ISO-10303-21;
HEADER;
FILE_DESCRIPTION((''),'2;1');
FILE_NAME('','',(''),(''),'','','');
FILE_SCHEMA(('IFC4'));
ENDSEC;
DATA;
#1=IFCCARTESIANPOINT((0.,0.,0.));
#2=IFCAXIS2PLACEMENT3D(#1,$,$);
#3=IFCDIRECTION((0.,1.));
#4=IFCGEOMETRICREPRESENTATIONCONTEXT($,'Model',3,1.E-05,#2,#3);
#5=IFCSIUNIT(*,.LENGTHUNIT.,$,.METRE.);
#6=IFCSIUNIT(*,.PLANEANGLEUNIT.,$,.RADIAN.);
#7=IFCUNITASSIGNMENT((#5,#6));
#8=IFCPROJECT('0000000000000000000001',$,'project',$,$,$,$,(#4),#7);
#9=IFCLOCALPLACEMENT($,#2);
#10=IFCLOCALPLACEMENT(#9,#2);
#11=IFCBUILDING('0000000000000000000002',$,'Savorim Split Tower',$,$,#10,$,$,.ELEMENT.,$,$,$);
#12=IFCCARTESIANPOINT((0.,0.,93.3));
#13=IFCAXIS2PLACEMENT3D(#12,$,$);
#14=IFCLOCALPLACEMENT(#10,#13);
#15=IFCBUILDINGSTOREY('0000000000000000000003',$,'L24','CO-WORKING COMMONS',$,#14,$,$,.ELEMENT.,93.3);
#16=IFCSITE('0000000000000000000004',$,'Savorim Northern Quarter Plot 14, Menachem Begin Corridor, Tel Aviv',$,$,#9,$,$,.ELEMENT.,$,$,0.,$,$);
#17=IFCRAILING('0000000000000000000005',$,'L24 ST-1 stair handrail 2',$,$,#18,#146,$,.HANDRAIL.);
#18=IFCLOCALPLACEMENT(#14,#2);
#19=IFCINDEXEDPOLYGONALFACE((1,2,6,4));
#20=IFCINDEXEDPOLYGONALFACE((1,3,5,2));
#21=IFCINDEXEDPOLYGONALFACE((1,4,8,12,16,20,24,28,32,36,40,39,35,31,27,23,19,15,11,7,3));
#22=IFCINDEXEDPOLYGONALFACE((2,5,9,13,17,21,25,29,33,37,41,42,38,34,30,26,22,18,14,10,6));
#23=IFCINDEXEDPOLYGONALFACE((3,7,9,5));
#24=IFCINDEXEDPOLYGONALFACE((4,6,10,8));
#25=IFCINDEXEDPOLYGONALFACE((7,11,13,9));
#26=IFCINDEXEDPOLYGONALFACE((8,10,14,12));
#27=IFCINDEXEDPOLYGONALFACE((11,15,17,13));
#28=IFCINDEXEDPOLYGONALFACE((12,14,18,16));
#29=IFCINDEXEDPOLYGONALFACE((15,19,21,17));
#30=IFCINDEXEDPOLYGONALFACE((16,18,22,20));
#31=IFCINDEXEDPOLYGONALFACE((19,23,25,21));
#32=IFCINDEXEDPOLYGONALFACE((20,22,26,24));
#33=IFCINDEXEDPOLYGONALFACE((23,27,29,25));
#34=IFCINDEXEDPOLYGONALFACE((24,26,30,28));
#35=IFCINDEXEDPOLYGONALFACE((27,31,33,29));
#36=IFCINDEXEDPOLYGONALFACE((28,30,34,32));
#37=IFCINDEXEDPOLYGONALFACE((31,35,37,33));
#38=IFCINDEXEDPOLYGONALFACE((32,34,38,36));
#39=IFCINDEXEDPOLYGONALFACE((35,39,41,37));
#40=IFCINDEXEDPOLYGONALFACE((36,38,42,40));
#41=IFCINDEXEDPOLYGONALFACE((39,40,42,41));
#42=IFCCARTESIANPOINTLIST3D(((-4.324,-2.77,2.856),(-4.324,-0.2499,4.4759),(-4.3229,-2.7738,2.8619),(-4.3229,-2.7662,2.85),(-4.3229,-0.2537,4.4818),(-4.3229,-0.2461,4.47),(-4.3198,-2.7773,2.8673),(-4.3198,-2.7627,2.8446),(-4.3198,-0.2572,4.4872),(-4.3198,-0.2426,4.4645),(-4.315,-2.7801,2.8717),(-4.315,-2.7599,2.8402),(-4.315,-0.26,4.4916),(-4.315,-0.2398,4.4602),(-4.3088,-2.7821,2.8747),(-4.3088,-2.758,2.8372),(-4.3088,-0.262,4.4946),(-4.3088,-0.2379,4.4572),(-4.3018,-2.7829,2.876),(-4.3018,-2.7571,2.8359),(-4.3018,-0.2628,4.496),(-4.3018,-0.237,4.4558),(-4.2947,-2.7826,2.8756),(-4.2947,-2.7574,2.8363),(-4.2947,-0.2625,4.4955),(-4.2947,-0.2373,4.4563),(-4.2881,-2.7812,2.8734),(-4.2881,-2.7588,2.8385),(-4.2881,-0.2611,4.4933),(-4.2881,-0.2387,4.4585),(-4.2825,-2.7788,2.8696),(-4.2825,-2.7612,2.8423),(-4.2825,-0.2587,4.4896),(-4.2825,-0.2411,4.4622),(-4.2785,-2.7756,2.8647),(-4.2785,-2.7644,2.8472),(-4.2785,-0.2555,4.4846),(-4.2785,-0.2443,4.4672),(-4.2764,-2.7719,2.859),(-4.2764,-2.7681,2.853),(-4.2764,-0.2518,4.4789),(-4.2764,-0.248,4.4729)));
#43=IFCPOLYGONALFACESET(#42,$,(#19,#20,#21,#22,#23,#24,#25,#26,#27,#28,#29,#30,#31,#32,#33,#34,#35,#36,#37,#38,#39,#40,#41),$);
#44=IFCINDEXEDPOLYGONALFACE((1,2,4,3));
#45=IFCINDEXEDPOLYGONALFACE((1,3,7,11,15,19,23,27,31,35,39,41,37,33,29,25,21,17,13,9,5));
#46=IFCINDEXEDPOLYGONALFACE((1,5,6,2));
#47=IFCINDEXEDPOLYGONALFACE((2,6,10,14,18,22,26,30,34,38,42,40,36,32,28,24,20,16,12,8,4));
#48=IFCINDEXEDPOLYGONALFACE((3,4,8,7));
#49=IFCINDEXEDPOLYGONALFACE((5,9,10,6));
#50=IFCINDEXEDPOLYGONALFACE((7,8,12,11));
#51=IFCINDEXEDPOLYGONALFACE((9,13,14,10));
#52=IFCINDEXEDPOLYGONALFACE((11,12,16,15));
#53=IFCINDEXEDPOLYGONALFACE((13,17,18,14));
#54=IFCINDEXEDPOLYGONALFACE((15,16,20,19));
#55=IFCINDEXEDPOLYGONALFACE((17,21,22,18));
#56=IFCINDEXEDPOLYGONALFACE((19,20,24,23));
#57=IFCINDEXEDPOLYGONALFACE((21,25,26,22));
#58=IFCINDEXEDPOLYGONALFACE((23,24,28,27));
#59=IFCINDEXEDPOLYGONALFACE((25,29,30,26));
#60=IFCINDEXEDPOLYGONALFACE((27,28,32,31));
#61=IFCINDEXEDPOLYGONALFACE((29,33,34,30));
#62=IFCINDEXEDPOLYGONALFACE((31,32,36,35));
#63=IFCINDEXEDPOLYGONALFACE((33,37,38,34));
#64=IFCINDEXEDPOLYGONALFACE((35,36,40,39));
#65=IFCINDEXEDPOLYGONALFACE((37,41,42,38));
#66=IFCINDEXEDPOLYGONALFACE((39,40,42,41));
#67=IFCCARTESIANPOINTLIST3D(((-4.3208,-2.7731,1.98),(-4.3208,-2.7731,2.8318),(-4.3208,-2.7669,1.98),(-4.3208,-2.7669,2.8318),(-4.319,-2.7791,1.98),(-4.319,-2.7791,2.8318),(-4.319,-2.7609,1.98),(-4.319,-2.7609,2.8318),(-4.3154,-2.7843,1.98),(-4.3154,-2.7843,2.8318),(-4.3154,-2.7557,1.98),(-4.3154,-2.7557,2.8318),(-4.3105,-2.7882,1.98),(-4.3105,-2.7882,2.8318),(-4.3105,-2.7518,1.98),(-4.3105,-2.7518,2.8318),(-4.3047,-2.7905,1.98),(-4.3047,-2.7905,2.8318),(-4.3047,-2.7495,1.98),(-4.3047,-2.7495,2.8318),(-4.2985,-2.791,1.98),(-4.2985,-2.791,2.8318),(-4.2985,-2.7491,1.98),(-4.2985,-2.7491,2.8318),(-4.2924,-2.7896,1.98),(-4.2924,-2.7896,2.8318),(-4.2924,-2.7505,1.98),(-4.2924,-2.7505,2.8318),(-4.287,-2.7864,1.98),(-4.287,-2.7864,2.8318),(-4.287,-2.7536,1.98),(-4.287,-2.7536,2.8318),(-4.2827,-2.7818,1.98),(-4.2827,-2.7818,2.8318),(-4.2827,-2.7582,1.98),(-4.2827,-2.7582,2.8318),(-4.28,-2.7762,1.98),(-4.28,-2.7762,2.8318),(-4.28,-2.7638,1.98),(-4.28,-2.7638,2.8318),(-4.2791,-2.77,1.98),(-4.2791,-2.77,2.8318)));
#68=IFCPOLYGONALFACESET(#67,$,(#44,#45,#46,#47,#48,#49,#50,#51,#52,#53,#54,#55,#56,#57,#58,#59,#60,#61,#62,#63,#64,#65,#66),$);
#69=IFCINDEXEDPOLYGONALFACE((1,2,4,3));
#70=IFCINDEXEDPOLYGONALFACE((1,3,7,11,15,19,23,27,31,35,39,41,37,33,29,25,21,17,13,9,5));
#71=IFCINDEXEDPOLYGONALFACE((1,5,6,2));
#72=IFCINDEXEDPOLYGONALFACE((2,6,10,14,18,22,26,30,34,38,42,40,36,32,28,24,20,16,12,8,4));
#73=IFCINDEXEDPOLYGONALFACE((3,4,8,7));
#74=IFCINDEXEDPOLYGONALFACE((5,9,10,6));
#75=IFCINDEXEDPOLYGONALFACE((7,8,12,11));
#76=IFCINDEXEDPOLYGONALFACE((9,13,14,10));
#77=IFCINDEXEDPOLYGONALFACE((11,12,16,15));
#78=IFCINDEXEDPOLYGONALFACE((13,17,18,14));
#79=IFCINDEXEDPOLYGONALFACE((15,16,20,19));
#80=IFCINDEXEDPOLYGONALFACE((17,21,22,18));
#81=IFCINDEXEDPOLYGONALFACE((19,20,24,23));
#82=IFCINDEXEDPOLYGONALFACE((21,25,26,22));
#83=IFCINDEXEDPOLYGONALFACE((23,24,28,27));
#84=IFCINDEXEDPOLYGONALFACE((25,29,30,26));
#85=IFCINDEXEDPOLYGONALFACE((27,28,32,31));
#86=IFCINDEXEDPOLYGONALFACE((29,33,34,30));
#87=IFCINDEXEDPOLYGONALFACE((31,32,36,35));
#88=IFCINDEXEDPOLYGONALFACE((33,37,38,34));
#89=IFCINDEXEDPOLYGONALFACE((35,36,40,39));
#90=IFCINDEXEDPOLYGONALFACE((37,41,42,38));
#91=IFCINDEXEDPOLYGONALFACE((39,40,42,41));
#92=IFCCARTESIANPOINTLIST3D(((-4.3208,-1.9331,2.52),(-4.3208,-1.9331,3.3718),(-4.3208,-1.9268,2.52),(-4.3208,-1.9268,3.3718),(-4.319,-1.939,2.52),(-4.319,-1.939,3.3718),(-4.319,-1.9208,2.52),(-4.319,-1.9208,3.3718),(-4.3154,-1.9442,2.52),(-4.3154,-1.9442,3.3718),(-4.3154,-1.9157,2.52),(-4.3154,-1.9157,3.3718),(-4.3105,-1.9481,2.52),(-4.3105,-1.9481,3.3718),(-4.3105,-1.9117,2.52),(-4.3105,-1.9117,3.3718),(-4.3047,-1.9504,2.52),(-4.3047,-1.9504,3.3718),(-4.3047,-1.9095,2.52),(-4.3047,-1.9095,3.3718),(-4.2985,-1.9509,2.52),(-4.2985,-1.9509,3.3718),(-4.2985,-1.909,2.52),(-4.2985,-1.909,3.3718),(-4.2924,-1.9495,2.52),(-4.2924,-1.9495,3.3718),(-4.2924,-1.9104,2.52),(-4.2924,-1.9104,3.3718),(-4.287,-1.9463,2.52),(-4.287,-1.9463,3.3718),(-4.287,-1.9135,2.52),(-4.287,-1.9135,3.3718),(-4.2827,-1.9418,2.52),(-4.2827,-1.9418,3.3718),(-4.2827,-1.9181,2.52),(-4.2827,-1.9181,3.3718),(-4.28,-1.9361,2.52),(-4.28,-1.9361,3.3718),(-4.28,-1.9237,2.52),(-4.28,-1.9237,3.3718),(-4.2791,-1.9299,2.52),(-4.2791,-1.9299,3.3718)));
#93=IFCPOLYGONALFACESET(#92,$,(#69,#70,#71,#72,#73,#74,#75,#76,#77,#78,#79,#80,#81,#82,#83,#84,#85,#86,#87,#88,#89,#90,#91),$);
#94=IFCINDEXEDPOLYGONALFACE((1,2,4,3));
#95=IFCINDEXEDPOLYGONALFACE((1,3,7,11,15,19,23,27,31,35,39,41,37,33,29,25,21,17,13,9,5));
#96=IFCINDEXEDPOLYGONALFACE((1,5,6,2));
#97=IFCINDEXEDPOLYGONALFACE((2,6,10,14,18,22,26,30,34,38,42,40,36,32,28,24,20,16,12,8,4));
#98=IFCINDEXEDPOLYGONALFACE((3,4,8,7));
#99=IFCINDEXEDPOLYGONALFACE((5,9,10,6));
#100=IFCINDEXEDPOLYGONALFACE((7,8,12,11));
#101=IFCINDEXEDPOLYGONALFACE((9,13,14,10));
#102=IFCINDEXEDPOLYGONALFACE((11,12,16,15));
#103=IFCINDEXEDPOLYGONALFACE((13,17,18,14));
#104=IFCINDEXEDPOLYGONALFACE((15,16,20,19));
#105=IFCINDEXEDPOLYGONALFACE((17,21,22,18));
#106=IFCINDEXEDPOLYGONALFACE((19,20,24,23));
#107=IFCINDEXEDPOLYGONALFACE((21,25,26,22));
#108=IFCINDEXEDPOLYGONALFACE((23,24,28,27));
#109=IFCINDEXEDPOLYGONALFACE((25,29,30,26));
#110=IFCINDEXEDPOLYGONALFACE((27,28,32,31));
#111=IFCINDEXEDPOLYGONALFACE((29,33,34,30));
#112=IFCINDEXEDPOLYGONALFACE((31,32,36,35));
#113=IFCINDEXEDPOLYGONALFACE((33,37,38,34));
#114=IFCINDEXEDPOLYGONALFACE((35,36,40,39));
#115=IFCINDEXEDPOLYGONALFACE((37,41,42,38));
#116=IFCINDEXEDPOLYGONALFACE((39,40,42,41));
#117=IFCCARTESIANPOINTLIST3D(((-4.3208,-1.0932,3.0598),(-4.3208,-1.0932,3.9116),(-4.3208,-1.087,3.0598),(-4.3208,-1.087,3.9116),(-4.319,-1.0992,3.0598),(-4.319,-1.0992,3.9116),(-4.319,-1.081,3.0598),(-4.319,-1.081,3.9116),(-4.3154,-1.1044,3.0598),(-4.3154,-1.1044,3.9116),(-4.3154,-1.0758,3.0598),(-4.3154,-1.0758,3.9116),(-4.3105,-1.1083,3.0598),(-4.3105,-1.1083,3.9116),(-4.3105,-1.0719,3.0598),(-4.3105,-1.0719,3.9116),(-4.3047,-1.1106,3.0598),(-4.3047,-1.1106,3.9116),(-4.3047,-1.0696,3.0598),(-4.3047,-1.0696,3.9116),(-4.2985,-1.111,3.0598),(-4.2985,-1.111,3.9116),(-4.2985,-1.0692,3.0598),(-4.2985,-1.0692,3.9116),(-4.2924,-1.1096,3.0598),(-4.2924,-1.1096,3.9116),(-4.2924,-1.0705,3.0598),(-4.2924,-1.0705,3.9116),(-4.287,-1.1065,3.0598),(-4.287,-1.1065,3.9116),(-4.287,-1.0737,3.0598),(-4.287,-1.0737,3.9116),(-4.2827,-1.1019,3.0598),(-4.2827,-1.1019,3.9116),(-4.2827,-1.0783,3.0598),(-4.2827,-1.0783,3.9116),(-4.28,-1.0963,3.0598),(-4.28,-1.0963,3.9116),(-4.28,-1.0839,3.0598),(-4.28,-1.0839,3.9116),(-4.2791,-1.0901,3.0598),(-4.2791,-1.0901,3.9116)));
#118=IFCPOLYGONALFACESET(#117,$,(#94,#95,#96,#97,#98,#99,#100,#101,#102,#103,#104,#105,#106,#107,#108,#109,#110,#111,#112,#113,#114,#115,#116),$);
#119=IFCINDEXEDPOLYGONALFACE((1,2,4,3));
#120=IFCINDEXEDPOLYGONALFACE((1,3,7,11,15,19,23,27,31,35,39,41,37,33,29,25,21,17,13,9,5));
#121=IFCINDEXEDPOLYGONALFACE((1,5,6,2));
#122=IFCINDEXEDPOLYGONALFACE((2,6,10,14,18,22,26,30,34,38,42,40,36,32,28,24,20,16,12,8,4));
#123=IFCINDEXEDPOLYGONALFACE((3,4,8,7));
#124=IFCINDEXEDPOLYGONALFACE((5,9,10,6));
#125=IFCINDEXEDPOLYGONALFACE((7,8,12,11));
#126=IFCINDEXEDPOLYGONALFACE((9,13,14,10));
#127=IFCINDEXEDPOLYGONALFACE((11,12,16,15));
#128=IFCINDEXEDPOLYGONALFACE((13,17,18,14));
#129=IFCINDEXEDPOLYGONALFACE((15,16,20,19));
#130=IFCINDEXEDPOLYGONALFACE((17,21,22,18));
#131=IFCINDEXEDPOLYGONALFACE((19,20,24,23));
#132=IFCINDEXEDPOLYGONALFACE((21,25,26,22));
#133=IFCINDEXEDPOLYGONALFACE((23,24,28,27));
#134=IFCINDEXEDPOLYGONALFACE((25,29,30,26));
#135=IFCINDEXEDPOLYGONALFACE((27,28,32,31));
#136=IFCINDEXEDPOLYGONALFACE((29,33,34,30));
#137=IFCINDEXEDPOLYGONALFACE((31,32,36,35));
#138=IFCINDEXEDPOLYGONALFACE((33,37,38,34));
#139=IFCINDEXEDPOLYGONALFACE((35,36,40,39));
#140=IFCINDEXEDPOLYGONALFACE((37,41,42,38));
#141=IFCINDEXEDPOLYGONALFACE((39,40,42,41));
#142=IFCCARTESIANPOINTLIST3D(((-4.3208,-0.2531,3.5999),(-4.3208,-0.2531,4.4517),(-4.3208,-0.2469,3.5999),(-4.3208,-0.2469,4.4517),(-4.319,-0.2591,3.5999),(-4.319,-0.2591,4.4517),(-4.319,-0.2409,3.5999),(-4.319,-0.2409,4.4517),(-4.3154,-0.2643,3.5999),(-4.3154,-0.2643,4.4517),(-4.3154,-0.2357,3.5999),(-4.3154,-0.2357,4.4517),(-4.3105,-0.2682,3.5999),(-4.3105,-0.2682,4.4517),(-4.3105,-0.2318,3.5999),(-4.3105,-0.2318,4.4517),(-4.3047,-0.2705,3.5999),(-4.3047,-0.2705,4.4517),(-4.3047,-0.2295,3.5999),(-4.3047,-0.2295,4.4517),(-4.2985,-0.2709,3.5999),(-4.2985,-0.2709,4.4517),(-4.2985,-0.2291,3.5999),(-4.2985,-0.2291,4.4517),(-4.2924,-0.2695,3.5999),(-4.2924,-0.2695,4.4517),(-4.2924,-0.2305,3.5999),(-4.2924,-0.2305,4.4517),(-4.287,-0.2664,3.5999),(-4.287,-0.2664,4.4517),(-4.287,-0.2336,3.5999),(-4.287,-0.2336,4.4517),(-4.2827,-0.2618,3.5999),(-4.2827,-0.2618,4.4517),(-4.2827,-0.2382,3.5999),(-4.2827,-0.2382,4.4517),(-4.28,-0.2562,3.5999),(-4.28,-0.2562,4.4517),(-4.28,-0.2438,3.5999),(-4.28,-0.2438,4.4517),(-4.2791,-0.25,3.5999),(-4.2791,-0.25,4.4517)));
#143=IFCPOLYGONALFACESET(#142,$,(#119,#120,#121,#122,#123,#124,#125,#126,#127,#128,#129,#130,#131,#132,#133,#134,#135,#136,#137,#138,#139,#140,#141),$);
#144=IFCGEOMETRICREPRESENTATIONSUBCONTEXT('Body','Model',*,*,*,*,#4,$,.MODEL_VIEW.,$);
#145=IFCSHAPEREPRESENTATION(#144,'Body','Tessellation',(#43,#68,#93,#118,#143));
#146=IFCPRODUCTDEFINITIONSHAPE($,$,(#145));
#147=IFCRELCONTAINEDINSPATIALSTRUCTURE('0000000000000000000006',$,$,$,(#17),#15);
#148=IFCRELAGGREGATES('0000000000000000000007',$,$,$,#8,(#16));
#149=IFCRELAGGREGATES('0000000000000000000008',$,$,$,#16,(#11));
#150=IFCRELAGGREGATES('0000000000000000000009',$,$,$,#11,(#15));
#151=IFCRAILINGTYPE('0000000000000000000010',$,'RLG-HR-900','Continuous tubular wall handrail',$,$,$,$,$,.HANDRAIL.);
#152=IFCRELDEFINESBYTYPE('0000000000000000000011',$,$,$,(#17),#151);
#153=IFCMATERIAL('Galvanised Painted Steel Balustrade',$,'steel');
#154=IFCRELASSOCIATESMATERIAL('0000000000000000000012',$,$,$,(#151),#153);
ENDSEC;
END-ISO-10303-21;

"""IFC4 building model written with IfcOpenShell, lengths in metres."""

from ifc_helpers import new_model, si_unit, direction, frame, origin, origin_2d, place, context, subcontext, project, spatial, circle, extrude, material, type_object, element, save


model = new_model("IFC4")

# Units and contexts
model_context = context("Model", 3, precision=1e-05, world=origin(), true_north=direction((0.0, 1.0)))
body_context = subcontext(model_context, "Body", "Model", "MODEL_VIEW")
ifc_project = project(units=[si_unit("LENGTHUNIT", "METRE"), si_unit("PLANEANGLEUNIT", "RADIAN")], contexts=[model_context])

# Site, building, storey
site_placement = place(None, origin())
site = spatial("IfcSite", under=ifc_project, at=site_placement, Name="Savorim Northern Quarter Plot 14, Menachem Begin Corridor, Tel Aviv", CompositionType="ELEMENT", RefElevation=0.0)
building_placement = place(site_placement, origin())
building = spatial("IfcBuilding", under=site, at=building_placement, Name="Savorim Split Tower", CompositionType="ELEMENT")
storey_placement = place(building_placement, frame((0.0, 0.0, 93.3)))
storey = spatial("IfcBuildingStorey", under=building, at=storey_placement, Name="L24", Description="CO-WORKING COMMONS", CompositionType="ELEMENT", Elevation=93.3)

# Railing
ifc_material_1 = material(Name="Galvanised Painted Steel Balustrade", Category="steel")
railing_type_1 = type_object("IfcRailingType", Name="RLG-HR-900", Description="Continuous tubular wall handrail", PredefinedType="HANDRAIL", material=ifc_material_1)
railing_1_placement = place(storey_placement, frame((-4.3, -2.77, 1.98)))
element("IfcRailing", 1, at=railing_1_placement, inside=storey, type_object=railing_type_1, Name="L24 ST-1 stair handrail 2", PredefinedType="HANDRAIL", context=body_context, shape_type="SweptSolid", body=[
    extrude(circle(Radius=0.0239, at=origin_2d()), frame((0.0, 0.0, 0.876), z_axis=(0.0, 0.8412, 0.540725), x_axis=(-1.0, 0.0, 0.0)), (0.0, 0.0, 1.0), 2.9958),
    extrude(circle(Radius=0.021, at=origin_2d()), origin(), (0.0, 0.0, 1.0), 0.8518),
    extrude(circle(Radius=0.021, at=origin_2d()), frame((0.0, 0.8401, 0.54)), (0.0, 0.0, 1.0), 0.8518),
    extrude(circle(Radius=0.021, at=origin_2d()), frame((0.0, 1.6799, 1.0798)), (0.0, 0.0, 1.0), 0.8518),
    extrude(circle(Radius=0.021, at=origin_2d()), frame((0.0, 2.52, 1.6199)), (0.0, 0.0, 1.0), 0.8518),
])

save(model, "model.ifc")
